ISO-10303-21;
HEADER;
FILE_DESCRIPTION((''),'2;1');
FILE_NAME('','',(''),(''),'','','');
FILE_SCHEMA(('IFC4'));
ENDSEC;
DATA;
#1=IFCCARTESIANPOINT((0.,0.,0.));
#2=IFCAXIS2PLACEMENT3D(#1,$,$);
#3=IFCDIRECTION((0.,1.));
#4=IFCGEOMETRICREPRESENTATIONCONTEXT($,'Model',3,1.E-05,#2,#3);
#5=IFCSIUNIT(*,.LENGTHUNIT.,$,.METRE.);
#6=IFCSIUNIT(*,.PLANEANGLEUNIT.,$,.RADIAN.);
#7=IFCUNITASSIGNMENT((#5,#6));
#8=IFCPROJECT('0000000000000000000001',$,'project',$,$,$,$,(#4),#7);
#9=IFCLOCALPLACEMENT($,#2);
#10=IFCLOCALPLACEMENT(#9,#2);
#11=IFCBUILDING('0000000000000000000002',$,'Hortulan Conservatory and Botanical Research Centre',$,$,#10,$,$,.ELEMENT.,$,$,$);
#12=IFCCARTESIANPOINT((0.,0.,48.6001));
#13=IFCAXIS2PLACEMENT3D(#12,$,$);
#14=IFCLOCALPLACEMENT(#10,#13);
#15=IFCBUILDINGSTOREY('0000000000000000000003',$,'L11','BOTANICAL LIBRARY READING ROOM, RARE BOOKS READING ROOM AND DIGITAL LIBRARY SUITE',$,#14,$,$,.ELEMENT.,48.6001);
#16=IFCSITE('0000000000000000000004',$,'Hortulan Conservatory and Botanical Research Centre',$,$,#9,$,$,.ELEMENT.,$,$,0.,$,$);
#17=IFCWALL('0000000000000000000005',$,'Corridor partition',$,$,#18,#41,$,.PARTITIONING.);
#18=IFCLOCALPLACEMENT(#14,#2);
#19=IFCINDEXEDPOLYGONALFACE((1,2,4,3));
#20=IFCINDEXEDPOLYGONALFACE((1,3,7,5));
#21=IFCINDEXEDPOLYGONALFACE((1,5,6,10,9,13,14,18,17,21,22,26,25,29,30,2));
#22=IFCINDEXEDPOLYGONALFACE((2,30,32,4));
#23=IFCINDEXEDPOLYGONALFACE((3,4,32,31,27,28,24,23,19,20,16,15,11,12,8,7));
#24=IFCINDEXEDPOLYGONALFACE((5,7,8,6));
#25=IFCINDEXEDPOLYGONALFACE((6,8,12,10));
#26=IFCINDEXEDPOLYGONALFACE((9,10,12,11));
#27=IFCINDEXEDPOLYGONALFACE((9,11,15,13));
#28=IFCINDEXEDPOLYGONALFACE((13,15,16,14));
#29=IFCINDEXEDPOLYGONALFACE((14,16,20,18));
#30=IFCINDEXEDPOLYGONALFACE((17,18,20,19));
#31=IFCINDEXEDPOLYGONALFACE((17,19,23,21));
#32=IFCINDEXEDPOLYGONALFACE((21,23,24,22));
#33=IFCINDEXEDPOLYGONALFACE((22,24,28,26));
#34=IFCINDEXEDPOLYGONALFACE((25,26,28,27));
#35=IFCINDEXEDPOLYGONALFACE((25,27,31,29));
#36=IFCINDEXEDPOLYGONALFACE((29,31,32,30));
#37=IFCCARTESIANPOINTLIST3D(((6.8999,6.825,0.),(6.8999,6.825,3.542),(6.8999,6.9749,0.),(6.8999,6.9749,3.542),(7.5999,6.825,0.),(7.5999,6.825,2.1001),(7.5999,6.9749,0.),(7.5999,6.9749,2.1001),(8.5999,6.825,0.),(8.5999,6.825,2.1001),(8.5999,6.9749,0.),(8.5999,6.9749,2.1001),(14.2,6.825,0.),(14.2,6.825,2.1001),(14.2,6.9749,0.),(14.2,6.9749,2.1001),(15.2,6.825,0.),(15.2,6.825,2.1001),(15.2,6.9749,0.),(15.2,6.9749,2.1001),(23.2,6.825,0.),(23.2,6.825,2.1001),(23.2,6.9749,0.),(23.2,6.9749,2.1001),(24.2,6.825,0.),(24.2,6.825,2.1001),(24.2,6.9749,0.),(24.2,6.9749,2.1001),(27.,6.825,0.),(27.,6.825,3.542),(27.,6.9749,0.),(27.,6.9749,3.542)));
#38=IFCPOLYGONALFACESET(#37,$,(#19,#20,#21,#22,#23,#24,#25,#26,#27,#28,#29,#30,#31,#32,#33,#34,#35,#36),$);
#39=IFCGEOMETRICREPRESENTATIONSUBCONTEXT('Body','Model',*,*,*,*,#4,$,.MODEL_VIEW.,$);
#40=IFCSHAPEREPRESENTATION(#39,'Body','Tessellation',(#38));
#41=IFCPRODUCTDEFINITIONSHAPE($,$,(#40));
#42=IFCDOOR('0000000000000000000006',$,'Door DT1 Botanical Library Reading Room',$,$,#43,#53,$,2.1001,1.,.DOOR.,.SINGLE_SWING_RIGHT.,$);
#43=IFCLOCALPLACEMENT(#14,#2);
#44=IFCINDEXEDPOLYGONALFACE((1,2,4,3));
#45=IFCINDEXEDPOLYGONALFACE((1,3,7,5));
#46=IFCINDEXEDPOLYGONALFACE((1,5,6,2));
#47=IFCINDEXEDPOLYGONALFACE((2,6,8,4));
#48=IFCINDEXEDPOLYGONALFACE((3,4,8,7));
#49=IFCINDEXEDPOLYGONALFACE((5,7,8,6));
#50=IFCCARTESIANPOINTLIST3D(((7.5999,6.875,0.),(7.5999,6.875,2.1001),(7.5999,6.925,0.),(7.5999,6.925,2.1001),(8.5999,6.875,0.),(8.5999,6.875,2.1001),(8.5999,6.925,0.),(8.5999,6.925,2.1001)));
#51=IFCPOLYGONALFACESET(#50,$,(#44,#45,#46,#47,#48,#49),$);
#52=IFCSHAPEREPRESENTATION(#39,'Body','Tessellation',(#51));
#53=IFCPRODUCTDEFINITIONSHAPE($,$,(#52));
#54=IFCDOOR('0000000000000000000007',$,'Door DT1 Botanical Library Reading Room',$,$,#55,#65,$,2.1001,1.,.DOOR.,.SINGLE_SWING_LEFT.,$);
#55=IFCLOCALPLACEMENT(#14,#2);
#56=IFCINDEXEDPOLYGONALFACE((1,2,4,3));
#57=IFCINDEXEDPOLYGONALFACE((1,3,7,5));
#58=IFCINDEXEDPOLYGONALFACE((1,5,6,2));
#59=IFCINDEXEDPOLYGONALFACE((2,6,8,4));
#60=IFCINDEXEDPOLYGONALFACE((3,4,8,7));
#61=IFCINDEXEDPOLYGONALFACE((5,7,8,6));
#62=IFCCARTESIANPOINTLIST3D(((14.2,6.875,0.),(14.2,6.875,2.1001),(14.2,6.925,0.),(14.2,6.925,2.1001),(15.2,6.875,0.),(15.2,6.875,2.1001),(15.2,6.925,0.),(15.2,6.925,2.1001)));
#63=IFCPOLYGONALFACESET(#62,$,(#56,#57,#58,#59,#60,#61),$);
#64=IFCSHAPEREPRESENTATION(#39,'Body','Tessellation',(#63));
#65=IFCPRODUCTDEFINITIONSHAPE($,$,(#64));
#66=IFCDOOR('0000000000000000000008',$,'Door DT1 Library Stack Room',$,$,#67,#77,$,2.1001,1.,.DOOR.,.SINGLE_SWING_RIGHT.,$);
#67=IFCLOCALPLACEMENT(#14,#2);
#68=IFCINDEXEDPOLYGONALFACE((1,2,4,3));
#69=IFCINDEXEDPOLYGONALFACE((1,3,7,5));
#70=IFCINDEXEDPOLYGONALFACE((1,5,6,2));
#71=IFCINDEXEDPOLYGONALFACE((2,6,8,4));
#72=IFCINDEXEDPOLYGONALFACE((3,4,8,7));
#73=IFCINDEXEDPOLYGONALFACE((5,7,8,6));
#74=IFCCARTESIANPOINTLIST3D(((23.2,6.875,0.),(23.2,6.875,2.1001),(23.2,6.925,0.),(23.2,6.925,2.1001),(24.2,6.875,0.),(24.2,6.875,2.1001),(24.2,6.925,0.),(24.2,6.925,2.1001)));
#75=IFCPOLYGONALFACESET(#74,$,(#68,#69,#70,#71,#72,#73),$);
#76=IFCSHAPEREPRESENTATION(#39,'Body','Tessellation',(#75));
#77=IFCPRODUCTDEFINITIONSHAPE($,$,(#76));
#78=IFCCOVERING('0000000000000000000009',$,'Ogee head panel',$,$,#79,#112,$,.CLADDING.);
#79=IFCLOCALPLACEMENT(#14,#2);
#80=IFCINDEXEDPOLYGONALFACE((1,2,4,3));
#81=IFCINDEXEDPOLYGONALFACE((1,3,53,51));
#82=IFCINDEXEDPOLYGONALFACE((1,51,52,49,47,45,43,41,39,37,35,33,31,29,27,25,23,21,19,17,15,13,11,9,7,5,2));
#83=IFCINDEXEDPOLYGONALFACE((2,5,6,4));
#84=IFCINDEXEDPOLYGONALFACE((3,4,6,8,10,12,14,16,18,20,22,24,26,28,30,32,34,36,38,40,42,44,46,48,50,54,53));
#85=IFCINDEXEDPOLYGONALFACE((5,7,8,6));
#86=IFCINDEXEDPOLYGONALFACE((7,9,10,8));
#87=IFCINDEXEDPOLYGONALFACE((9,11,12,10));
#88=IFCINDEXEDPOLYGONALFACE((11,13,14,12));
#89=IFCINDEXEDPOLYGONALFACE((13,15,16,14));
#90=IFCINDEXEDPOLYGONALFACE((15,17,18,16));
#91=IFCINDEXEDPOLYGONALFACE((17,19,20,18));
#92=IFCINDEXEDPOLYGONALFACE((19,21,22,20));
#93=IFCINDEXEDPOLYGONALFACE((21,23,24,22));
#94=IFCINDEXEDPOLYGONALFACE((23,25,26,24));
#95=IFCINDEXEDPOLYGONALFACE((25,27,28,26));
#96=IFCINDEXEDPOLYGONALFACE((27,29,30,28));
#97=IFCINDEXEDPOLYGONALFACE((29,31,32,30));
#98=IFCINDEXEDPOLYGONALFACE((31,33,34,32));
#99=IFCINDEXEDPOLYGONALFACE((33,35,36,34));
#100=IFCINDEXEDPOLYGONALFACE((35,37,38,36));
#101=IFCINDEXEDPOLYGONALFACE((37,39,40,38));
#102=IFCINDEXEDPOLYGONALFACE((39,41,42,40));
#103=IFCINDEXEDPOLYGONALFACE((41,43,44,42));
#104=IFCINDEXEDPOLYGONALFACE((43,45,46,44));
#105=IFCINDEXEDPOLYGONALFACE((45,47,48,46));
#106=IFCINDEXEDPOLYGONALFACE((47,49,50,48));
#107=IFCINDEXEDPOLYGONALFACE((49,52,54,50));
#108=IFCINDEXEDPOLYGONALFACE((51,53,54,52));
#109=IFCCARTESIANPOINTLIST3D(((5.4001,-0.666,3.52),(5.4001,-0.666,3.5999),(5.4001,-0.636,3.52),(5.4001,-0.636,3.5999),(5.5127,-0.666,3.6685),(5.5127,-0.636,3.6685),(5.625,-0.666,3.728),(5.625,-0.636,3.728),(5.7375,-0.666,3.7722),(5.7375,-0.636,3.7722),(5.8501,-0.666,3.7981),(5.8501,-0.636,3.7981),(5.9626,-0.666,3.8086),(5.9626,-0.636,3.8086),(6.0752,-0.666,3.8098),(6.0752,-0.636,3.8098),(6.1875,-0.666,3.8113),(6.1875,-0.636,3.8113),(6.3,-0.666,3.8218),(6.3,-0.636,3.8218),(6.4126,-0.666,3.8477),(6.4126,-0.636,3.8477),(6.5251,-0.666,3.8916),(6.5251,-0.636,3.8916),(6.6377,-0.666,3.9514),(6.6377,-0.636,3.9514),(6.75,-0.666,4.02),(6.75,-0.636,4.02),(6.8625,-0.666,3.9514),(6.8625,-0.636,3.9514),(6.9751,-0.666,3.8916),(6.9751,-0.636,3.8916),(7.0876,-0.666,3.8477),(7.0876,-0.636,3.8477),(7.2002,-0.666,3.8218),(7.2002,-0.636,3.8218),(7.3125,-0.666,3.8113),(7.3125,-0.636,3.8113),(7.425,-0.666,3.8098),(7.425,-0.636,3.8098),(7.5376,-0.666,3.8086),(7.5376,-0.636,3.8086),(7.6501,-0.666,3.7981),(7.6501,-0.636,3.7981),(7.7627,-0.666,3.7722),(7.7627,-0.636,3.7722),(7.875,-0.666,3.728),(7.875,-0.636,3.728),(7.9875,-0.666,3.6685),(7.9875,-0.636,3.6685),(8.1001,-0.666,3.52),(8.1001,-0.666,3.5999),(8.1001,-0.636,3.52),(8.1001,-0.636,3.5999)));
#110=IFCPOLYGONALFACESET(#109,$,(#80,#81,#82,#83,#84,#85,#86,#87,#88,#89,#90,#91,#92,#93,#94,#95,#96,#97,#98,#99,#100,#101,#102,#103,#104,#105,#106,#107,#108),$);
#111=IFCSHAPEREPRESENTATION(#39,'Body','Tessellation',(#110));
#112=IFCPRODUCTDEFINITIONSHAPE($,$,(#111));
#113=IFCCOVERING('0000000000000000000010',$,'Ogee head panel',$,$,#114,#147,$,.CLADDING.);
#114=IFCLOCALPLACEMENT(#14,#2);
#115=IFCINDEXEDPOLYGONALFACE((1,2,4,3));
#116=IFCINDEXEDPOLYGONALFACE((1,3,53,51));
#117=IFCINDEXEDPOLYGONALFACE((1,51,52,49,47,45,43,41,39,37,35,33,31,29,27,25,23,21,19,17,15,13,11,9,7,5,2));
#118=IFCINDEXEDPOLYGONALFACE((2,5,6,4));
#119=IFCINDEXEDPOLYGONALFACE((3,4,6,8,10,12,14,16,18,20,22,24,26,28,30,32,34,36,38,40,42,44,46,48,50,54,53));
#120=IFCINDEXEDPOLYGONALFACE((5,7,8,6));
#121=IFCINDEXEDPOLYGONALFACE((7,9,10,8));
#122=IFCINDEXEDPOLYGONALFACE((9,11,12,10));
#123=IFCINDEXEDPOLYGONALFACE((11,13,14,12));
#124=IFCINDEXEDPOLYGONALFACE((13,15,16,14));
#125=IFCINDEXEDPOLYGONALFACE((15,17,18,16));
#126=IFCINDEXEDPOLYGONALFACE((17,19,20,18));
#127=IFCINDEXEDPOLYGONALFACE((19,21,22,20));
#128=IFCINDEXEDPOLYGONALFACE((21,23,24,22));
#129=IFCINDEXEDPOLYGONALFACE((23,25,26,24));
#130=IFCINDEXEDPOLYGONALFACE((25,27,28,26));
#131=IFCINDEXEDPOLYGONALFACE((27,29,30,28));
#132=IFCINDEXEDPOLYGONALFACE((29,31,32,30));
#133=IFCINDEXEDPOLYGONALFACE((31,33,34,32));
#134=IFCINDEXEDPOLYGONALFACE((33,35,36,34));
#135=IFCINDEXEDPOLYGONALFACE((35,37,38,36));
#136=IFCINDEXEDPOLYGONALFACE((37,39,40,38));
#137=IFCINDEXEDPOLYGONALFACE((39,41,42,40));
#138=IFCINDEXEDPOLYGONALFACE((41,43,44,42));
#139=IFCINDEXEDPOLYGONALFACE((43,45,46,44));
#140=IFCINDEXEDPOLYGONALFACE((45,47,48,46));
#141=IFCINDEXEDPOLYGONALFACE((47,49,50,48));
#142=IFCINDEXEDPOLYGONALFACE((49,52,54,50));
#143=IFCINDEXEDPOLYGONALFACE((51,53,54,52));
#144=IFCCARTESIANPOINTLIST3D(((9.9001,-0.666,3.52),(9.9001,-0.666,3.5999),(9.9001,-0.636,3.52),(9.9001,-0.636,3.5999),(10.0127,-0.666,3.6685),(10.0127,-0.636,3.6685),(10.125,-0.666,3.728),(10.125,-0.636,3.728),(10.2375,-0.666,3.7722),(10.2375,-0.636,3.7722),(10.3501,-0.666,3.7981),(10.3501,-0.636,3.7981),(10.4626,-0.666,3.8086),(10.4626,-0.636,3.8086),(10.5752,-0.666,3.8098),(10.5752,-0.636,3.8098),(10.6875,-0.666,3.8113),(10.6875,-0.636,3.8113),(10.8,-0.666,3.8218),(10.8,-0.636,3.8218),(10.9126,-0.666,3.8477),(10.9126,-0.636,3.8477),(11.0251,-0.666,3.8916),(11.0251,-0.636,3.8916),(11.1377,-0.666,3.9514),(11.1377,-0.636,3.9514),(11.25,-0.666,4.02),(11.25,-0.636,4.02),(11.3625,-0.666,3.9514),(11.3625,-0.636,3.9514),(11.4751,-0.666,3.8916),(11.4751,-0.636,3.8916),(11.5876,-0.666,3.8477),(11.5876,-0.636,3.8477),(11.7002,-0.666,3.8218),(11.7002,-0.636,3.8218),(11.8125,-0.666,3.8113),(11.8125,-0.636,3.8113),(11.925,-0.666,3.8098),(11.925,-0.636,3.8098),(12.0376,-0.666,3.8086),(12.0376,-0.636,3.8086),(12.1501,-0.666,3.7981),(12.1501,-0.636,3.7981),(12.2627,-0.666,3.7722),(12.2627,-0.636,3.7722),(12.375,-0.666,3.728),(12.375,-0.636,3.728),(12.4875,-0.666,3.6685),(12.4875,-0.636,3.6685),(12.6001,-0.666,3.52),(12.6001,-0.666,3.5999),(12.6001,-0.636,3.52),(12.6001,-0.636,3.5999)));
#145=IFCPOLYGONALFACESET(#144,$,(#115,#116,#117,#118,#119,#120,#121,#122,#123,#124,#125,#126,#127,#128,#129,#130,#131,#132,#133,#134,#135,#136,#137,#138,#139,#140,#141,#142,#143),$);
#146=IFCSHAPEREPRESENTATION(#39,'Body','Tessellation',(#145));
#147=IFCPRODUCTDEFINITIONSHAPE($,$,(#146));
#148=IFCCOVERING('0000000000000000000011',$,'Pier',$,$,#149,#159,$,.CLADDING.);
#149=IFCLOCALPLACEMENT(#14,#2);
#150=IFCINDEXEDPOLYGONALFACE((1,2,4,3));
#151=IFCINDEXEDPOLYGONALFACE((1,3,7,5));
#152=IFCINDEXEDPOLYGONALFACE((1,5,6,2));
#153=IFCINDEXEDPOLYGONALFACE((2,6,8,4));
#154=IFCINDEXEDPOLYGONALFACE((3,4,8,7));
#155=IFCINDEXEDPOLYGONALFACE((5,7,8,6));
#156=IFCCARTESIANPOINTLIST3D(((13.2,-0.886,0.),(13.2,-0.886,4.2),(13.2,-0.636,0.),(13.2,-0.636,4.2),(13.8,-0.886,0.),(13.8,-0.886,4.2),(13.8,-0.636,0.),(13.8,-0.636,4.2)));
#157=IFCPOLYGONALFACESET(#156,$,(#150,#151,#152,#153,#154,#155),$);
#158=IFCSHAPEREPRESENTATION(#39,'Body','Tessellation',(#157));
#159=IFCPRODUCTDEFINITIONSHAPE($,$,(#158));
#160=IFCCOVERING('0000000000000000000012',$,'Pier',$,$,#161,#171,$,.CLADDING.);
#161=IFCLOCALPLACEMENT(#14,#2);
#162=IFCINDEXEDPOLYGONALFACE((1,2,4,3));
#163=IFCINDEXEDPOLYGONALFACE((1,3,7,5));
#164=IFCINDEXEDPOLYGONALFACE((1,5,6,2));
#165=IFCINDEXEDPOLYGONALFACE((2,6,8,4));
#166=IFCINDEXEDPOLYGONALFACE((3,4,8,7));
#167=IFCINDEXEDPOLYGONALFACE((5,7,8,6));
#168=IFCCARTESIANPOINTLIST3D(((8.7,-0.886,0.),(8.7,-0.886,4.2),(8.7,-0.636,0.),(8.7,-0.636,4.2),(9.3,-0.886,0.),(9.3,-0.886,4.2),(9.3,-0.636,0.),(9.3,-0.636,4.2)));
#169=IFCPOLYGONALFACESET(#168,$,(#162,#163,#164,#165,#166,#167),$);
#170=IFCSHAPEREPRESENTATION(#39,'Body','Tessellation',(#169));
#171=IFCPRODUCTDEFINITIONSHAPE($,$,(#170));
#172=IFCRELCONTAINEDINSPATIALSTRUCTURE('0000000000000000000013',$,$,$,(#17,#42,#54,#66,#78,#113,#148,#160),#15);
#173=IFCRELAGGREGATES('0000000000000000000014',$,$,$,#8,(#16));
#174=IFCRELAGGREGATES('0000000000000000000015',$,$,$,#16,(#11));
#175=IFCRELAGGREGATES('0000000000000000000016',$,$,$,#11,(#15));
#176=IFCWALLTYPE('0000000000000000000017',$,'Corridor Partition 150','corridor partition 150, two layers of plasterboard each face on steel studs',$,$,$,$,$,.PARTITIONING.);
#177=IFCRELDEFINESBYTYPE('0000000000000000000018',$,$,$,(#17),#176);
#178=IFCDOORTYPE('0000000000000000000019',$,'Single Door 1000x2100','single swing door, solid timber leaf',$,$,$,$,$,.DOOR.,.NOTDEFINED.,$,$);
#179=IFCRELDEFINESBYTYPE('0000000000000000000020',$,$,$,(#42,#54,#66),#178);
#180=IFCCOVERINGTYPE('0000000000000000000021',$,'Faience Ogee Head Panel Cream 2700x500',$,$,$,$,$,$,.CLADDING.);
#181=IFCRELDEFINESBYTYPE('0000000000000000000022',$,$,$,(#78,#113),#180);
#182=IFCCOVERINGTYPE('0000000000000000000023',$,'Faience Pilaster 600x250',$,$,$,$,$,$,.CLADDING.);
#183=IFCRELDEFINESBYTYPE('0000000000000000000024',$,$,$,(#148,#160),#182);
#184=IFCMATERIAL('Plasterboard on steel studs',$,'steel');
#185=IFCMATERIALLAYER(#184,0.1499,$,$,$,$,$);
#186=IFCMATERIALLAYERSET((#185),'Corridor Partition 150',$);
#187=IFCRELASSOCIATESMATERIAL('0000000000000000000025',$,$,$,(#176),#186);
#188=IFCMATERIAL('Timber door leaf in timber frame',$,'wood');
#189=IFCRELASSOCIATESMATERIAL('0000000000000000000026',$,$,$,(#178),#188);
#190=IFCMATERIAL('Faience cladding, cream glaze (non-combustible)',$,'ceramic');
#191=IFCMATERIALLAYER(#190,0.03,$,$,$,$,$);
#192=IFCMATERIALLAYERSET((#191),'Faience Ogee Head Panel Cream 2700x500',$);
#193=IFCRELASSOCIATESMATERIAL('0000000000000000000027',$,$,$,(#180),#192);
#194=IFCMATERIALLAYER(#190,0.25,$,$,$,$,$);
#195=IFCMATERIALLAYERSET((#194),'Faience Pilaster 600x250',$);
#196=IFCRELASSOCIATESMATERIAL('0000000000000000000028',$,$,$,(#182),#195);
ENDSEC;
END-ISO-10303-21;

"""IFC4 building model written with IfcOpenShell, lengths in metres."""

from ifc_helpers import new_model, si_unit, direction, frame, frame_2d, origin, origin_2d, place, context, subcontext, project, spatial, polyline, rectangle, outline, extrude, material, layer, layer_set, type_object, element, fill, save


model = new_model("IFC4")

# Units and contexts
model_context = context("Model", 3, precision=1e-05, world=origin(), true_north=direction((0.0, 1.0)))
body_context = subcontext(model_context, "Body", "Model", "MODEL_VIEW")
ifc_project = project(units=[si_unit("LENGTHUNIT", "METRE"), si_unit("PLANEANGLEUNIT", "RADIAN")], contexts=[model_context])

# Site, building, storey
site_placement = place(None, origin())
site = spatial("IfcSite", under=ifc_project, at=site_placement, Name="Hortulan Conservatory and Botanical Research Centre", CompositionType="ELEMENT", RefElevation=0.0)
building_placement = place(site_placement, origin())
building = spatial("IfcBuilding", under=site, at=building_placement, Name="Hortulan Conservatory and Botanical Research Centre", CompositionType="ELEMENT")
storey_placement = place(building_placement, frame((0.0, 0.0, 48.6001)))
storey = spatial("IfcBuildingStorey", under=building, at=storey_placement, Name="L11", Description="BOTANICAL LIBRARY READING ROOM, RARE BOOKS READING ROOM AND DIGITAL LIBRARY SUITE", CompositionType="ELEMENT", Elevation=48.6001)

# Shared definitions
ifc_material_1 = material(Name="Plasterboard on steel studs", Category="steel")
ifc_layer_1 = layer(ifc_material_1, 0.1499)
ifc_layer_set_1 = layer_set([ifc_layer_1], Name="Corridor Partition 150")
wall_type_1 = type_object("IfcWallType", Name="Corridor Partition 150", Description="corridor partition 150, two layers of plasterboard each face on steel studs", PredefinedType="PARTITIONING", material=ifc_layer_set_1)

# Wall, openings, doors
wall_1_placement = place(storey_placement, frame((6.8999, 6.8999, 0.0), z_axis=(0.0, 0.0, 1.0), x_axis=(1.0, 0.0, 0.0)))
wall_1 = element("IfcWall", 1, at=wall_1_placement, inside=storey, type_object=wall_type_1, Name="Corridor partition", PredefinedType="PARTITIONING", context=body_context, shape_type="SweptSolid", body=[
    extrude(rectangle(XDim=20.1001, YDim=0.1499, at=frame_2d((10.05, 0.0))), origin(), (0.0, 0.0, 1.0), 3.542),
])
opening_1_placement = place(wall_1_placement, frame((0.7, 0.0, 0.0)))
opening_1 = element("IfcOpeningElement", 2, at=opening_1_placement, cuts=wall_1, PredefinedType="OPENING", context=body_context, shape_type="SweptSolid", body=[
    extrude(rectangle(XDim=1.0, YDim=2.1001, at=frame_2d((0.5, 1.05))), frame((0.0, 0.085, 0.0), z_axis=(0.0, -1.0, 0.0), x_axis=(1.0, 0.0, 0.0)), (0.0, 0.0, 1.0), 0.1699),
])
opening_2_placement = place(wall_1_placement, frame((7.3, 0.0, 0.0)))
opening_2 = element("IfcOpeningElement", 3, at=opening_2_placement, cuts=wall_1, PredefinedType="OPENING", context=body_context, shape_type="SweptSolid", body=[
    extrude(rectangle(XDim=1.0, YDim=2.1001, at=frame_2d((0.5, 1.05))), frame((0.0, 0.085, 0.0), z_axis=(0.0, -1.0, 0.0), x_axis=(1.0, 0.0, 0.0)), (0.0, 0.0, 1.0), 0.1699),
])
opening_3_placement = place(wall_1_placement, frame((16.3, 0.0, 0.0)))
opening_3 = element("IfcOpeningElement", 4, at=opening_3_placement, cuts=wall_1, PredefinedType="OPENING", context=body_context, shape_type="SweptSolid", body=[
    extrude(rectangle(XDim=1.0, YDim=2.1001, at=frame_2d((0.5, 1.05))), frame((0.0, 0.085, 0.0), z_axis=(0.0, -1.0, 0.0), x_axis=(1.0, 0.0, 0.0)), (0.0, 0.0, 1.0), 0.1699),
])
ifc_material_2 = material(Name="Timber door leaf in timber frame", Category="wood")
door_type_1 = type_object("IfcDoorType", Name="Single Door 1000x2100", Description="single swing door, solid timber leaf", OperationType="NOTDEFINED", PredefinedType="DOOR", material=ifc_material_2)
door_1_placement = place(opening_1_placement, frame((1.0, 0.0, 0.0), z_axis=(0.0, 0.0, 1.0), x_axis=(-1.0, 0.0, 0.0)))
door_1 = element("IfcDoor", 5, at=door_1_placement, inside=storey, type_object=door_type_1, Name="Door DT1 Botanical Library Reading Room", OperationType="SINGLE_SWING_RIGHT", OverallHeight=2.1001, OverallWidth=1.0, PredefinedType="DOOR", context=body_context, shape_type="SweptSolid", body=[
    extrude(rectangle(XDim=1.0, YDim=2.1001, at=frame_2d((0.5, 1.05))), frame((0.0, 0.0249, 0.0), z_axis=(0.0, -1.0, 0.0), x_axis=(1.0, 0.0, 0.0)), (0.0, 0.0, 1.0), 0.05),
])
fill(opening_1, door_1)
door_2_placement = place(opening_2_placement, frame((1.0, 0.0, 0.0), z_axis=(0.0, 0.0, 1.0), x_axis=(-1.0, 0.0, 0.0)))
door_2 = element("IfcDoor", 6, at=door_2_placement, inside=storey, type_object=door_type_1, Name="Door DT1 Botanical Library Reading Room", OperationType="SINGLE_SWING_LEFT", OverallHeight=2.1001, OverallWidth=1.0, PredefinedType="DOOR", context=body_context, shape_type="SweptSolid", body=[
    extrude(rectangle(XDim=1.0, YDim=2.1001, at=frame_2d((0.5, 1.05))), frame((0.0, 0.0249, 0.0), z_axis=(0.0, -1.0, 0.0), x_axis=(1.0, 0.0, 0.0)), (0.0, 0.0, 1.0), 0.05),
])
fill(opening_2, door_2)
door_3_placement = place(opening_3_placement, frame((1.0, 0.0, 0.0), z_axis=(0.0, 0.0, 1.0), x_axis=(-1.0, 0.0, 0.0)))
door_3 = element("IfcDoor", 7, at=door_3_placement, inside=storey, type_object=door_type_1, Name="Door DT1 Library Stack Room", OperationType="SINGLE_SWING_RIGHT", OverallHeight=2.1001, OverallWidth=1.0, PredefinedType="DOOR", context=body_context, shape_type="SweptSolid", body=[
    extrude(rectangle(XDim=1.0, YDim=2.1001, at=frame_2d((0.5, 1.05))), frame((0.0, 0.0249, 0.0), z_axis=(0.0, -1.0, 0.0), x_axis=(1.0, 0.0, 0.0)), (0.0, 0.0, 1.0), 0.05),
])
fill(opening_3, door_3)

# Coverings
ifc_material_3 = material(Name="Faience cladding, cream glaze (non-combustible)", Category="ceramic")
ifc_layer_2 = layer(ifc_material_3, 0.03)
ifc_layer_set_2 = layer_set([ifc_layer_2], Name="Faience Ogee Head Panel Cream 2700x500")
covering_type_1 = type_object("IfcCoveringType", Name="Faience Ogee Head Panel Cream 2700x500", PredefinedType="CLADDING", material=ifc_layer_set_2)
for number, where, z_axis, x_axis, name in (
    (8, (8.1001, -0.6509, 3.52), (0.0, 0.0, 1.0), (-1.0, 0.0, 0.0), "Ogee head panel"),
    (9, (12.6001, -0.6509, 3.52), (0.0, 0.0, 1.0), (-1.0, 0.0, 0.0), "Ogee head panel"),
):
    element("IfcCovering", number, at=place(storey_placement, frame(where, z_axis=z_axis, x_axis=x_axis)), inside=storey, type_object=covering_type_1, Name=name, PredefinedType="CLADDING", context=body_context, shape_type="SweptSolid", body=[
        extrude(outline(polyline([(0.0, 0.0), (2.7, 0.0), (2.7, 0.0798), (2.5874, 0.1484), (2.4751, 0.208), (2.3625, 0.2522), (2.25, 0.2781), (2.1375, 0.2886), (2.0249, 0.2898), (1.9126, 0.2913), (1.8, 0.3018), (1.6875, 0.3276), (1.575, 0.3716), (1.4624, 0.4314), (1.3501, 0.5), (1.2375, 0.4314), (1.125, 0.3716), (1.0125, 0.3276), (0.8999, 0.3018), (0.7876, 0.2913), (0.675, 0.2898), (0.5625, 0.2886), (0.45, 0.2781), (0.3374, 0.2522), (0.2251, 0.208), (0.1125, 0.1484), (0.0, 0.0798), (0.0, 0.0)])), frame((0.0, 0.0151, 0.0), z_axis=(0.0, -1.0, 0.0), x_axis=(1.0, 0.0, 0.0)), (0.0, 0.0, 1.0), 0.03),
    ])
ifc_layer_3 = layer(ifc_material_3, 0.25)
ifc_layer_set_3 = layer_set([ifc_layer_3], Name="Faience Pilaster 600x250")
covering_type_2 = type_object("IfcCoveringType", Name="Faience Pilaster 600x250", PredefinedType="CLADDING", material=ifc_layer_set_3)
for number, where, z_axis, x_axis, name in (
    (10, (13.5, -0.761, 0.0), (0.0, 0.0, 1.0), (-1.0, 0.0, 0.0), "Pier"),
    (11, (9.0, -0.761, 0.0), (0.0, 0.0, 1.0), (-1.0, 0.0, 0.0), "Pier"),
):
    element("IfcCovering", number, at=place(storey_placement, frame(where, z_axis=z_axis, x_axis=x_axis)), inside=storey, type_object=covering_type_2, Name=name, PredefinedType="CLADDING", context=body_context, shape_type="SweptSolid", body=[
        extrude(rectangle(XDim=0.6001, YDim=0.25, at=origin_2d()), origin(), (0.0, 0.0, 1.0), 4.2),
    ])

save(model, "model.ifc")
